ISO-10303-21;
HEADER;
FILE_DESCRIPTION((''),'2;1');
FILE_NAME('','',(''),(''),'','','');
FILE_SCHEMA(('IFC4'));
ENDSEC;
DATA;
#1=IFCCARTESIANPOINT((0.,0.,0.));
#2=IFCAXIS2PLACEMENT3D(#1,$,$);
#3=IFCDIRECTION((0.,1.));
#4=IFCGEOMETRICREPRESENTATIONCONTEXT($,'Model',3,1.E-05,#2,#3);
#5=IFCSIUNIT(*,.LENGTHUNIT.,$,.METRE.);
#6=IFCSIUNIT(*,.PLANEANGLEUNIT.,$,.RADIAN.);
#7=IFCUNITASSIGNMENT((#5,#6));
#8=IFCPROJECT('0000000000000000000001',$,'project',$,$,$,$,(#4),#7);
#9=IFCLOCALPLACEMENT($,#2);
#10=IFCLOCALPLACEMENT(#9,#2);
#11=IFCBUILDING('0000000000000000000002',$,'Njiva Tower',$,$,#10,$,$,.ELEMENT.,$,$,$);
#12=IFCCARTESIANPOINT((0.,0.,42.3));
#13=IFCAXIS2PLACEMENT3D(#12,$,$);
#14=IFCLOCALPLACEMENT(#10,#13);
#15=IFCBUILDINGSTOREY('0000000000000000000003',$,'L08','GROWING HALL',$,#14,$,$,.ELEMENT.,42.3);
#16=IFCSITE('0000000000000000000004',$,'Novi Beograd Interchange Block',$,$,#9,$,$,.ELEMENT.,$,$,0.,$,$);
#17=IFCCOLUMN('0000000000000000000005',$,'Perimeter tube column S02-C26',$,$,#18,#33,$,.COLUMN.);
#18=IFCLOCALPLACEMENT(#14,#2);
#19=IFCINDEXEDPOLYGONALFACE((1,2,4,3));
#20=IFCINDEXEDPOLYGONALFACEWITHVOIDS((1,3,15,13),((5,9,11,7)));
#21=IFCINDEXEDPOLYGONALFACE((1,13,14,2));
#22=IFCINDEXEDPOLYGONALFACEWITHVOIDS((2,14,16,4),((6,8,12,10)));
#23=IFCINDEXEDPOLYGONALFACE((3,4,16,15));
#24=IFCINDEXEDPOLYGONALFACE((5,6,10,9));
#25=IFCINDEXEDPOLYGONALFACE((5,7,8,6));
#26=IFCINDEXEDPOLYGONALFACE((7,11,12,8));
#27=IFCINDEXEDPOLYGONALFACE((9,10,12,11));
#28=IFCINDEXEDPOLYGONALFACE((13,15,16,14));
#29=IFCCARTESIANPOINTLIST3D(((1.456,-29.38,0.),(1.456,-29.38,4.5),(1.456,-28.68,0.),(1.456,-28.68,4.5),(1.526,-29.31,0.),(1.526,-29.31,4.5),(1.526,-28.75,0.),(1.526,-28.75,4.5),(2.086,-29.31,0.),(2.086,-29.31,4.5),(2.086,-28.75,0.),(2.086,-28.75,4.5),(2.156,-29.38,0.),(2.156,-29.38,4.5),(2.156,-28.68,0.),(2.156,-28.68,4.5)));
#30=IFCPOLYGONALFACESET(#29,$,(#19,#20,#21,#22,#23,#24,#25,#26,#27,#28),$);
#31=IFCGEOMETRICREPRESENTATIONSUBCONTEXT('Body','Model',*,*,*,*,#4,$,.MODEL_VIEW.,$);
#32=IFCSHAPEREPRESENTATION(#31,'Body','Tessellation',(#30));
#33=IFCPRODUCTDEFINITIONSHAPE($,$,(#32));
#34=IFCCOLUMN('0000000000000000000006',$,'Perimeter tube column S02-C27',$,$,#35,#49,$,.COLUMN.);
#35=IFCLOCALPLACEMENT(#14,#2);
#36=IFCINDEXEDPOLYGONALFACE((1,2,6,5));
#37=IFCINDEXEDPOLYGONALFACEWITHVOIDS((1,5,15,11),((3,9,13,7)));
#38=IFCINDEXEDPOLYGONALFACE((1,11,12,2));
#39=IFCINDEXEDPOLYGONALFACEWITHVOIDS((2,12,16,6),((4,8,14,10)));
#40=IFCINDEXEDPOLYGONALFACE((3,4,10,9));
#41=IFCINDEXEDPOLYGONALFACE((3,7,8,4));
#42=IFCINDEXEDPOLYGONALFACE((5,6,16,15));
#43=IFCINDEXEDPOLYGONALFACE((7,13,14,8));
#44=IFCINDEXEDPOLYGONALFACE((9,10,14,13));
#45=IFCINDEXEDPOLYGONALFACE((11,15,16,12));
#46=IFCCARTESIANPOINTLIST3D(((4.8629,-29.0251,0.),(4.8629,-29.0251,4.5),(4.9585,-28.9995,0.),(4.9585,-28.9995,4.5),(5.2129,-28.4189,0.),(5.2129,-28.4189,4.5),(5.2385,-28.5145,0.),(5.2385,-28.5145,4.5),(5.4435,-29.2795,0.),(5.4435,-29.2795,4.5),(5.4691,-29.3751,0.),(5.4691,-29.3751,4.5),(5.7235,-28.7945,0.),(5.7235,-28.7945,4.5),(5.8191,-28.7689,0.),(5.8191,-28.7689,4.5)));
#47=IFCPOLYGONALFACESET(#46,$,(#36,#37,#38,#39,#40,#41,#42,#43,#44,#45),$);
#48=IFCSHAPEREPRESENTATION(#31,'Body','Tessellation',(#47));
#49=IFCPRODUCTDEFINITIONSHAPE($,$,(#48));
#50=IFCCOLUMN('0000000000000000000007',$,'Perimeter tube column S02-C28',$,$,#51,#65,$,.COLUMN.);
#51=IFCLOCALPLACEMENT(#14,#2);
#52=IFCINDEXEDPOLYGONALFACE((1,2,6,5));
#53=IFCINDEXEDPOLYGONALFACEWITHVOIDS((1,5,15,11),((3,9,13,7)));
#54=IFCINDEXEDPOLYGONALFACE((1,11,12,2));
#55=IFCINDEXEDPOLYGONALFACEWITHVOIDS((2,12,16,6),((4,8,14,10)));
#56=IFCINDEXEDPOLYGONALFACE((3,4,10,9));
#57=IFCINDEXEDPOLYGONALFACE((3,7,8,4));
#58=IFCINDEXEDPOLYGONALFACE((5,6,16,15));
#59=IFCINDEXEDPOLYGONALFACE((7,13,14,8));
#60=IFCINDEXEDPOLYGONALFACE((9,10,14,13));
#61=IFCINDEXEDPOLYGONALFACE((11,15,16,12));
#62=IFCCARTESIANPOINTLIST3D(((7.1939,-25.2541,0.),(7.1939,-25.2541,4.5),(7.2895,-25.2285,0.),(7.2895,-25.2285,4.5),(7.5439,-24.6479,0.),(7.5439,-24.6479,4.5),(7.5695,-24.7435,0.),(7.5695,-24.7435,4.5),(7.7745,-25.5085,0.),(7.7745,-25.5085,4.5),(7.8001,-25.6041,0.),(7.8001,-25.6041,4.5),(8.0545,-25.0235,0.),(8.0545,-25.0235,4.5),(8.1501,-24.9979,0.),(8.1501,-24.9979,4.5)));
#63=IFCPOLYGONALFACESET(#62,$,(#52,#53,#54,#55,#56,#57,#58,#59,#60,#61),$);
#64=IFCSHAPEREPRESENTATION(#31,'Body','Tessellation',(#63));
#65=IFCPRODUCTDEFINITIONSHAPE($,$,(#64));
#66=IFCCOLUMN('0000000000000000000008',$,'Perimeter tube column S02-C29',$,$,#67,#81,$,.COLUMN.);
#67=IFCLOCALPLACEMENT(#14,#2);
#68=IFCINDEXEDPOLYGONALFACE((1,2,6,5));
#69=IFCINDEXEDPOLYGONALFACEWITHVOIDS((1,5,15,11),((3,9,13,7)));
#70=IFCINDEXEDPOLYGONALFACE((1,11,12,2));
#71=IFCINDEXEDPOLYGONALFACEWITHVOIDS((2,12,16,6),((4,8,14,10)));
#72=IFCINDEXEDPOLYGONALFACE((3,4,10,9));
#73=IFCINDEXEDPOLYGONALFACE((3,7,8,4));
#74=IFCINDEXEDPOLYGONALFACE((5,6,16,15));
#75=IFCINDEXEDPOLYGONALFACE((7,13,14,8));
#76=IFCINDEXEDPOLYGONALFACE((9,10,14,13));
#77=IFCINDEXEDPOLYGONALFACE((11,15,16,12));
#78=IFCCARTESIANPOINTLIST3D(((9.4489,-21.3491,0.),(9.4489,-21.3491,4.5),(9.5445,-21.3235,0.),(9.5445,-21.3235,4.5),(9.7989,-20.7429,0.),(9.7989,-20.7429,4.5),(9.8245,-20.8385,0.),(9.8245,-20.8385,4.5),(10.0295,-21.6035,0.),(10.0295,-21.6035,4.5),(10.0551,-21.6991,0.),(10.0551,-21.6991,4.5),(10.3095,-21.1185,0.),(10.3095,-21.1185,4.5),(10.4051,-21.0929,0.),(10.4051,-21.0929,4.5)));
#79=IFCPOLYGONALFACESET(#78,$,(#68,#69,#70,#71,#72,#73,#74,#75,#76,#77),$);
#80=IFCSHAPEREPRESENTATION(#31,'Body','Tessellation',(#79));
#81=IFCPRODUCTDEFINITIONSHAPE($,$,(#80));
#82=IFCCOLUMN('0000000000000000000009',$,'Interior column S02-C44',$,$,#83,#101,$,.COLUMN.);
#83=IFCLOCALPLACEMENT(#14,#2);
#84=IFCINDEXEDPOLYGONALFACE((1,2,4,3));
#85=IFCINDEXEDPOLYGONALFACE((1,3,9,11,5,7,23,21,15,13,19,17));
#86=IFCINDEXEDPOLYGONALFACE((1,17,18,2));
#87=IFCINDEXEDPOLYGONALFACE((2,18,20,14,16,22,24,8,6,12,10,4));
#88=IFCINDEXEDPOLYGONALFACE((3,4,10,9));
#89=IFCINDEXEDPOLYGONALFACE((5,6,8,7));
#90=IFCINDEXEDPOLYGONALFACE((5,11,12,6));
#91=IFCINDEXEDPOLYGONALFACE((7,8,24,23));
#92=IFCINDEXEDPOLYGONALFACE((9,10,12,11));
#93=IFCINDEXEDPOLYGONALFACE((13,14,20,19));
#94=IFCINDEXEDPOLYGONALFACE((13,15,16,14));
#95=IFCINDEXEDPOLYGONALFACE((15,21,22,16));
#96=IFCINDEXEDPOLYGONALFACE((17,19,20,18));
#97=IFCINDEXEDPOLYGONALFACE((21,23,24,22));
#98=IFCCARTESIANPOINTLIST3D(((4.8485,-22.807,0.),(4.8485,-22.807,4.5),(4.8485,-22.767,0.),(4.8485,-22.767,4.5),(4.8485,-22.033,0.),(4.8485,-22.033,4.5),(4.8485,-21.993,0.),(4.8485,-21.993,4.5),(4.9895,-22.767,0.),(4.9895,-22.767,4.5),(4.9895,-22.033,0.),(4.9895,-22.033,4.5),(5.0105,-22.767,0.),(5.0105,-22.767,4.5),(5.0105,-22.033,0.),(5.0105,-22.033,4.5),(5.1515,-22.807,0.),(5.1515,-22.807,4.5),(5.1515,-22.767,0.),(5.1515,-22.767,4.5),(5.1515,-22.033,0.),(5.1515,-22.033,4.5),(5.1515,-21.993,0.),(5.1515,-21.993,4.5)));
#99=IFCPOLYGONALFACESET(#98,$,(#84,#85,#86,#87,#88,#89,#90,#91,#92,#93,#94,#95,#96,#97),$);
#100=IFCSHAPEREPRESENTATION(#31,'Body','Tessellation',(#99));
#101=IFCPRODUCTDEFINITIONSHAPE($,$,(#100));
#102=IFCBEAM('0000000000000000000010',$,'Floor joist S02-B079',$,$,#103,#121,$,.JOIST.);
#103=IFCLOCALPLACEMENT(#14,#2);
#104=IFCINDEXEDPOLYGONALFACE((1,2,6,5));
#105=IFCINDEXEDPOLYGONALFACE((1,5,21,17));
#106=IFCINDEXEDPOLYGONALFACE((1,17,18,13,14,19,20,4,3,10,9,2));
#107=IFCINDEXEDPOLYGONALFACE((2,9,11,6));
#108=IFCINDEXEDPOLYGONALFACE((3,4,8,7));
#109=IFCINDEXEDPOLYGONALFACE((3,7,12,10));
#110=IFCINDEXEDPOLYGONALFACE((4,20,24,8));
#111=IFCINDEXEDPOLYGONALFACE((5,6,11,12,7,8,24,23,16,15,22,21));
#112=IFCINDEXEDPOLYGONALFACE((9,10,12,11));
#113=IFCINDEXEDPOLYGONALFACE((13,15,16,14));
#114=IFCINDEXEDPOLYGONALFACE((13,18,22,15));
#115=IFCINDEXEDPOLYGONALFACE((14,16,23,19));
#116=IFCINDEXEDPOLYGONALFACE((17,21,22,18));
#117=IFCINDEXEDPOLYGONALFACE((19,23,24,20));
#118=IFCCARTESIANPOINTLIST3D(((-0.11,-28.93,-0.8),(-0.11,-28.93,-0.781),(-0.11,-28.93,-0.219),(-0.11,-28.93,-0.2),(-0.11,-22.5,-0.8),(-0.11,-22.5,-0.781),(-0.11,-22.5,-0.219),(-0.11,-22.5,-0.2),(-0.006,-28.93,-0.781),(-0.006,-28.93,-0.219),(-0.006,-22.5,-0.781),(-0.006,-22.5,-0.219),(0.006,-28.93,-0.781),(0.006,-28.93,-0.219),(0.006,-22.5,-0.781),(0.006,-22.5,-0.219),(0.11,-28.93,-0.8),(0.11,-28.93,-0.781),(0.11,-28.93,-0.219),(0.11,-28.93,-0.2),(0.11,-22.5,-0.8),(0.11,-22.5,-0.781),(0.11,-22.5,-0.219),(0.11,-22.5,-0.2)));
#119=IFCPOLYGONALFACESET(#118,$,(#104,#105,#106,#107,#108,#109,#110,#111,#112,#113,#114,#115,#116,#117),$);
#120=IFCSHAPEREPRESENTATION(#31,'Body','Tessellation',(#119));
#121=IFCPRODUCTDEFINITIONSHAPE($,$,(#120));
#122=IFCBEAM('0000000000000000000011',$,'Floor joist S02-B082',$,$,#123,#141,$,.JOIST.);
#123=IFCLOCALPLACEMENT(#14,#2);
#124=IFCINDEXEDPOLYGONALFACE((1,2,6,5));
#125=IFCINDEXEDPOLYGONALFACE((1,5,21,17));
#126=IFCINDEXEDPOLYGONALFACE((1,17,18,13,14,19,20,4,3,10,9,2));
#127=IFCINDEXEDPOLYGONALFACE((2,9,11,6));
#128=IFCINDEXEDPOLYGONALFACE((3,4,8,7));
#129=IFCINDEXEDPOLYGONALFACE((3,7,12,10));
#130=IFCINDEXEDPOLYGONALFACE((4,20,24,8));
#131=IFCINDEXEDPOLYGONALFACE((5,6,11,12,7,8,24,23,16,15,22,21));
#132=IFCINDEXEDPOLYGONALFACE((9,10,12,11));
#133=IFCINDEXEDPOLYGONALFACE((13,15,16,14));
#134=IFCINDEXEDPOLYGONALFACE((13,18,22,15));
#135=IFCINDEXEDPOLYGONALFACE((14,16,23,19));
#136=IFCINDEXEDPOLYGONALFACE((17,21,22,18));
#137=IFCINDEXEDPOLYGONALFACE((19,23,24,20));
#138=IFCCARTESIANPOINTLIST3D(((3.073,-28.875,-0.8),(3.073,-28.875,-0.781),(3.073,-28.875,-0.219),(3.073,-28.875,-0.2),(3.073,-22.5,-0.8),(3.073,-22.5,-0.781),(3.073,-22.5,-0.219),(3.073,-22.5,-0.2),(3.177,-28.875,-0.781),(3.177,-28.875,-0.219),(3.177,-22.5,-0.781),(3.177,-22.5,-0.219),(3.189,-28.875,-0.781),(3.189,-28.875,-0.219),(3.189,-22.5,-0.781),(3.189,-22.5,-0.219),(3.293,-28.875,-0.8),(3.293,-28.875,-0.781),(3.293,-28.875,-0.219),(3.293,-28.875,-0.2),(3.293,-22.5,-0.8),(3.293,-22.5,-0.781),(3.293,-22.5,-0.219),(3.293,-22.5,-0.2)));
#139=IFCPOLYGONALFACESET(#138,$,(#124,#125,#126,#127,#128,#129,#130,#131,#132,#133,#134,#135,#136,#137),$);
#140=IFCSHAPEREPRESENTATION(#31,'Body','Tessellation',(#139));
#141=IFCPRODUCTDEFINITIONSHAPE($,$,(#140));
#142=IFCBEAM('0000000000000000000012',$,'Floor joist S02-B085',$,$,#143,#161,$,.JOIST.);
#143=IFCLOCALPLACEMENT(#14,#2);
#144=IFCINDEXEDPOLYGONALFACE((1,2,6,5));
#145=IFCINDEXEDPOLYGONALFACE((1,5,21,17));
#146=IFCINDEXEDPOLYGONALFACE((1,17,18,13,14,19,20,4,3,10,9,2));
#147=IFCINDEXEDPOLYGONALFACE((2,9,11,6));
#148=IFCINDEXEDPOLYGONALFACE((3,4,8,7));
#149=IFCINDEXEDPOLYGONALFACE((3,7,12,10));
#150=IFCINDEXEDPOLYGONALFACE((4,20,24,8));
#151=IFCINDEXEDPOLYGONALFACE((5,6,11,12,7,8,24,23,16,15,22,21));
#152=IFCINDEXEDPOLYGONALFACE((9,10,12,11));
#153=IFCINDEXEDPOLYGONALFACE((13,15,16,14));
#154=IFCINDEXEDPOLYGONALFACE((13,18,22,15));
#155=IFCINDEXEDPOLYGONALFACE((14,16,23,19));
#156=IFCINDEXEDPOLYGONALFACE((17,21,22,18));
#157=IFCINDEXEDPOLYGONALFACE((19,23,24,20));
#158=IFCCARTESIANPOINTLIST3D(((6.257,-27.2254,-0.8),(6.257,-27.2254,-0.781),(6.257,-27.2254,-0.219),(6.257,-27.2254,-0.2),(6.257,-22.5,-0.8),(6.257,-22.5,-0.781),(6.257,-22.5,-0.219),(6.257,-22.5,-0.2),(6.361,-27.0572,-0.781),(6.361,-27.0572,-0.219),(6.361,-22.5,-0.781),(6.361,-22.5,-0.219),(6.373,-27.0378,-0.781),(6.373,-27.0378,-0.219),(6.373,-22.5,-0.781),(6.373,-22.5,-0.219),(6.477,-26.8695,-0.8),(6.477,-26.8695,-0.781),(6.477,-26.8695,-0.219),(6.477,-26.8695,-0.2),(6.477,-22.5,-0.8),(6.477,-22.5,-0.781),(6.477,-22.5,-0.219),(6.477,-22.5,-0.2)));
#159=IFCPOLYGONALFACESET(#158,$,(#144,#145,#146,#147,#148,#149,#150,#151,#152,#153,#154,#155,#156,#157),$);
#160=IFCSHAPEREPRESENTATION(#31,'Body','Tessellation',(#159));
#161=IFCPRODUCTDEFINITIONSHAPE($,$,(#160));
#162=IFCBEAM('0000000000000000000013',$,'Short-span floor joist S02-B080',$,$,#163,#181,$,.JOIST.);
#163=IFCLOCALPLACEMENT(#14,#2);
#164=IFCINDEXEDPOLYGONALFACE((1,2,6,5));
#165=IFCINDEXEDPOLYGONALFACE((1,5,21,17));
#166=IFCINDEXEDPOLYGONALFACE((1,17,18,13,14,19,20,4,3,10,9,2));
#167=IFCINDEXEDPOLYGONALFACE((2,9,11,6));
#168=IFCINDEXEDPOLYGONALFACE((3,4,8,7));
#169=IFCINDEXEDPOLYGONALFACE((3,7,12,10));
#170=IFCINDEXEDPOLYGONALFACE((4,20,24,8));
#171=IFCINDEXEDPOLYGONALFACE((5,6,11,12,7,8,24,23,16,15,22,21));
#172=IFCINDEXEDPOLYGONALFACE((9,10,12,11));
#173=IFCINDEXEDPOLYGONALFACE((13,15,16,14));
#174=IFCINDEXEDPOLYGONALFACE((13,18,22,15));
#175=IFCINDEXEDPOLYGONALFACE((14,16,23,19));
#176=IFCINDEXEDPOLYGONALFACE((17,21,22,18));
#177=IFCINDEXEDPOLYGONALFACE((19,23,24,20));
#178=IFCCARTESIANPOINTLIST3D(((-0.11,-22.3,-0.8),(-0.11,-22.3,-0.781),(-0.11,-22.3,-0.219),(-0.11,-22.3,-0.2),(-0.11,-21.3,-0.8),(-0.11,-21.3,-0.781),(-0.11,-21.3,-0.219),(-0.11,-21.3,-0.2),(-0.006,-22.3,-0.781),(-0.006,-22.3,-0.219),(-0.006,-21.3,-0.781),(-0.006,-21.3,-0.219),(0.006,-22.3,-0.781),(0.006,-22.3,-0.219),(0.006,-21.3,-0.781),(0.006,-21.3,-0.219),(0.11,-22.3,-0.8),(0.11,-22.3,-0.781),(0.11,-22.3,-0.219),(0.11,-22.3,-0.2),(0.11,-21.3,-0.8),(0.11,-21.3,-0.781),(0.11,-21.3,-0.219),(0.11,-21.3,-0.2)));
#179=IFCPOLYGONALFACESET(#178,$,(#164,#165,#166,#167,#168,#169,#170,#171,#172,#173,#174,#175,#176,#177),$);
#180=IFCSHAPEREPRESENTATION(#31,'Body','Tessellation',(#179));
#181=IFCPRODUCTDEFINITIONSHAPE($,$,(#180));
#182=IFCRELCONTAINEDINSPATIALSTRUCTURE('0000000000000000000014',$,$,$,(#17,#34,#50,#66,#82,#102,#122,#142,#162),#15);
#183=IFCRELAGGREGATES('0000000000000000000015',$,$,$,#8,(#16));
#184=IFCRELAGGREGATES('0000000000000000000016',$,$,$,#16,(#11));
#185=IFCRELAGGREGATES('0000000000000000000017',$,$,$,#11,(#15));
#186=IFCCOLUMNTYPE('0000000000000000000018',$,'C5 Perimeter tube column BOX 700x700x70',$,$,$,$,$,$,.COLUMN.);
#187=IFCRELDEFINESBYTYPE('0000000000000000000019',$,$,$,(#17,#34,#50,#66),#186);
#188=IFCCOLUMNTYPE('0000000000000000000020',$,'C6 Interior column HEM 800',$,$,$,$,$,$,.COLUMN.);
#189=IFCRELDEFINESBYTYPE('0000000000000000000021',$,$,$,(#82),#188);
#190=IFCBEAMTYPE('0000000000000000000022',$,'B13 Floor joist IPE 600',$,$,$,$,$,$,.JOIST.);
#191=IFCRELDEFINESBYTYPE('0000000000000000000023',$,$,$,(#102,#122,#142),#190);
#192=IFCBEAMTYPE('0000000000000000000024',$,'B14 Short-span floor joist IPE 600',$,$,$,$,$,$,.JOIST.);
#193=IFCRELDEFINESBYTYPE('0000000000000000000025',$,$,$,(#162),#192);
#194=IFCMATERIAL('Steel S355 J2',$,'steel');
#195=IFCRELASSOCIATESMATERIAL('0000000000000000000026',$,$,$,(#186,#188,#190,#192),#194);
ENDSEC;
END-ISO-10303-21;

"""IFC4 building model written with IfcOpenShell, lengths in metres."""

from ifc_helpers import new_model, si_unit, direction, frame, origin, origin_2d, place, context, subcontext, project, spatial, hollow_rectangle, i_section, extrude, clip, halfspace, material, material_profile, profile_set, type_object, element, save


model = new_model("IFC4")

# Units and contexts
model_context = context("Model", 3, precision=1e-05, world=origin(), true_north=direction((0.0, 1.0)))
body_context = subcontext(model_context, "Body", "Model", "MODEL_VIEW")
ifc_project = project(units=[si_unit("LENGTHUNIT", "METRE"), si_unit("PLANEANGLEUNIT", "RADIAN")], contexts=[model_context])

# Site, building, storey
site_placement = place(None, origin())
site = spatial("IfcSite", under=ifc_project, at=site_placement, Name="Novi Beograd Interchange Block", CompositionType="ELEMENT", RefElevation=0.0)
building_placement = place(site_placement, origin())
building = spatial("IfcBuilding", under=site, at=building_placement, Name="Njiva Tower", CompositionType="ELEMENT")
storey_placement = place(building_placement, frame((0.0, 0.0, 42.3)))
storey = spatial("IfcBuildingStorey", under=building, at=storey_placement, Name="L08", Description="GROWING HALL", CompositionType="ELEMENT", Elevation=42.3)

# Columns
ifc_material_1 = material(Name="Steel S355 J2", Category="steel")
ifc_material_profile_1 = material_profile(ifc_material_1, hollow_rectangle(XDim=0.7, YDim=0.7, WallThickness=0.07, at=origin_2d()), Name="BOX 700x700x70")
ifc_profile_set_1 = profile_set([ifc_material_profile_1], Name="Steel S355 J2")
column_type_1 = type_object("IfcColumnType", Name="C5 Perimeter tube column BOX 700x700x70", PredefinedType="COLUMN", material=ifc_profile_set_1)
for number, where, z_axis, x_axis, name in (
    (1, (1.806, -29.03, 0.0), (0.0, 0.0, 1.0), (1.0, 0.0, 0.0), "Perimeter tube column S02-C26"),
    (2, (5.341, -28.897, 0.0), (0.0, 0.0, 1.0), (0.5, 0.866025, 0.0), "Perimeter tube column S02-C27"),
    (3, (7.672, -25.126, 0.0), (0.0, 0.0, 1.0), (0.5, 0.866025, 0.0), "Perimeter tube column S02-C28"),
    (4, (9.927, -21.221, 0.0), (0.0, 0.0, 1.0), (0.5, 0.866025, 0.0), "Perimeter tube column S02-C29"),
):
    element("IfcColumn", number, at=place(storey_placement, frame(where, z_axis=z_axis, x_axis=x_axis)), inside=storey, type_object=column_type_1, Name=name, PredefinedType="COLUMN", context=body_context, shape_type="SweptSolid", body=[
        extrude(hollow_rectangle(XDim=0.7, YDim=0.7, WallThickness=0.07, at=origin_2d()), origin(), (0.0, 0.0, 1.0), 4.5),
    ])
ifc_material_profile_2 = material_profile(ifc_material_1, i_section(OverallWidth=0.303, OverallDepth=0.814, WebThickness=0.021, FlangeThickness=0.04, at=origin_2d()), Name="HEM 800")
ifc_profile_set_2 = profile_set([ifc_material_profile_2], Name="Steel S355 J2")
column_type_2 = type_object("IfcColumnType", Name="C6 Interior column HEM 800", PredefinedType="COLUMN", material=ifc_profile_set_2)
column_placement = place(storey_placement, frame((5.0, -22.4, 0.0), z_axis=(0.0, 0.0, 1.0), x_axis=(1.0, 0.0, 0.0)))
element("IfcColumn", 5, at=column_placement, inside=storey, type_object=column_type_2, Name="Interior column S02-C44", PredefinedType="COLUMN", context=body_context, shape_type="SweptSolid", body=[
    extrude(i_section(OverallWidth=0.303, OverallDepth=0.814, WebThickness=0.021, FlangeThickness=0.04, at=origin_2d()), origin(), (0.0, 0.0, 1.0), 4.5),
])

# Beams
ifc_material_profile_3 = material_profile(ifc_material_1, i_section(OverallWidth=0.22, OverallDepth=0.6, WebThickness=0.012, FlangeThickness=0.019, at=origin_2d()), Name="IPE 600")
ifc_profile_set_3 = profile_set([ifc_material_profile_3], Name="Steel S355 J2")
beam_type_1 = type_object("IfcBeamType", Name="B13 Floor joist IPE 600", PredefinedType="JOIST", material=ifc_profile_set_3)
beam_1_placement = place(storey_placement, frame((0.0, -22.5, -0.5), z_axis=(0.0, -1.0, 0.0), x_axis=(1.0, 0.0, 0.0)))
element("IfcBeam", 6, at=beam_1_placement, inside=storey, type_object=beam_type_1, Name="Floor joist S02-B079", PredefinedType="JOIST", context=body_context, shape_type="SweptSolid", body=[
    extrude(i_section(OverallWidth=0.22, OverallDepth=0.6, WebThickness=0.012, FlangeThickness=0.019, at=origin_2d()), origin(), (0.0, 0.0, 1.0), 6.43),
])
beam_2_placement = place(storey_placement, frame((3.183, -22.5, -0.5), z_axis=(0.0, -1.0, 0.0), x_axis=(1.0, 0.0, 0.0)))
element("IfcBeam", 7, at=beam_2_placement, inside=storey, type_object=beam_type_1, Name="Floor joist S02-B082", PredefinedType="JOIST", context=body_context, shape_type="SweptSolid", body=[
    extrude(i_section(OverallWidth=0.22, OverallDepth=0.6, WebThickness=0.012, FlangeThickness=0.019, at=origin_2d()), origin(), (0.0, 0.0, 1.0), 6.375),
])
beam_3_placement = place(storey_placement, frame((6.367, -22.5, -0.5), z_axis=(0.0, -1.0, 0.0), x_axis=(1.0, 0.0, 0.0)))
element("IfcBeam", 8, at=beam_3_placement, inside=storey, type_object=beam_type_1, Name="Floor joist S02-B085", PredefinedType="JOIST", context=body_context, shape_type="Clipping", body=[
    clip(extrude(i_section(OverallWidth=0.22, OverallDepth=0.6, WebThickness=0.012, FlangeThickness=0.019, at=origin_2d()), origin(), (0.0, 0.0, 1.0), 4.746), halfspace(frame((0.0422, 0.0, 4.4792), z_axis=(0.850625, 0.0, 0.525773), x_axis=(0.0, 1.0, 0.0)), False)),
])
ifc_material_profile_4 = material_profile(ifc_material_1, i_section(OverallWidth=0.22, OverallDepth=0.6, WebThickness=0.012, FlangeThickness=0.019, at=origin_2d()), Name="IPE 600")
ifc_profile_set_4 = profile_set([ifc_material_profile_4], Name="Steel S355 J2")
beam_type_2 = type_object("IfcBeamType", Name="B14 Short-span floor joist IPE 600", PredefinedType="JOIST", material=ifc_profile_set_4)
beam_4_placement = place(storey_placement, frame((0.0, -21.3, -0.5), z_axis=(0.0, -1.0, 0.0), x_axis=(1.0, 0.0, 0.0)))
element("IfcBeam", 9, at=beam_4_placement, inside=storey, type_object=beam_type_2, Name="Short-span floor joist S02-B080", PredefinedType="JOIST", context=body_context, shape_type="SweptSolid", body=[
    extrude(i_section(OverallWidth=0.22, OverallDepth=0.6, WebThickness=0.012, FlangeThickness=0.019, at=origin_2d()), origin(), (0.0, 0.0, 1.0), 1.0),
])

save(model, "model.ifc")
